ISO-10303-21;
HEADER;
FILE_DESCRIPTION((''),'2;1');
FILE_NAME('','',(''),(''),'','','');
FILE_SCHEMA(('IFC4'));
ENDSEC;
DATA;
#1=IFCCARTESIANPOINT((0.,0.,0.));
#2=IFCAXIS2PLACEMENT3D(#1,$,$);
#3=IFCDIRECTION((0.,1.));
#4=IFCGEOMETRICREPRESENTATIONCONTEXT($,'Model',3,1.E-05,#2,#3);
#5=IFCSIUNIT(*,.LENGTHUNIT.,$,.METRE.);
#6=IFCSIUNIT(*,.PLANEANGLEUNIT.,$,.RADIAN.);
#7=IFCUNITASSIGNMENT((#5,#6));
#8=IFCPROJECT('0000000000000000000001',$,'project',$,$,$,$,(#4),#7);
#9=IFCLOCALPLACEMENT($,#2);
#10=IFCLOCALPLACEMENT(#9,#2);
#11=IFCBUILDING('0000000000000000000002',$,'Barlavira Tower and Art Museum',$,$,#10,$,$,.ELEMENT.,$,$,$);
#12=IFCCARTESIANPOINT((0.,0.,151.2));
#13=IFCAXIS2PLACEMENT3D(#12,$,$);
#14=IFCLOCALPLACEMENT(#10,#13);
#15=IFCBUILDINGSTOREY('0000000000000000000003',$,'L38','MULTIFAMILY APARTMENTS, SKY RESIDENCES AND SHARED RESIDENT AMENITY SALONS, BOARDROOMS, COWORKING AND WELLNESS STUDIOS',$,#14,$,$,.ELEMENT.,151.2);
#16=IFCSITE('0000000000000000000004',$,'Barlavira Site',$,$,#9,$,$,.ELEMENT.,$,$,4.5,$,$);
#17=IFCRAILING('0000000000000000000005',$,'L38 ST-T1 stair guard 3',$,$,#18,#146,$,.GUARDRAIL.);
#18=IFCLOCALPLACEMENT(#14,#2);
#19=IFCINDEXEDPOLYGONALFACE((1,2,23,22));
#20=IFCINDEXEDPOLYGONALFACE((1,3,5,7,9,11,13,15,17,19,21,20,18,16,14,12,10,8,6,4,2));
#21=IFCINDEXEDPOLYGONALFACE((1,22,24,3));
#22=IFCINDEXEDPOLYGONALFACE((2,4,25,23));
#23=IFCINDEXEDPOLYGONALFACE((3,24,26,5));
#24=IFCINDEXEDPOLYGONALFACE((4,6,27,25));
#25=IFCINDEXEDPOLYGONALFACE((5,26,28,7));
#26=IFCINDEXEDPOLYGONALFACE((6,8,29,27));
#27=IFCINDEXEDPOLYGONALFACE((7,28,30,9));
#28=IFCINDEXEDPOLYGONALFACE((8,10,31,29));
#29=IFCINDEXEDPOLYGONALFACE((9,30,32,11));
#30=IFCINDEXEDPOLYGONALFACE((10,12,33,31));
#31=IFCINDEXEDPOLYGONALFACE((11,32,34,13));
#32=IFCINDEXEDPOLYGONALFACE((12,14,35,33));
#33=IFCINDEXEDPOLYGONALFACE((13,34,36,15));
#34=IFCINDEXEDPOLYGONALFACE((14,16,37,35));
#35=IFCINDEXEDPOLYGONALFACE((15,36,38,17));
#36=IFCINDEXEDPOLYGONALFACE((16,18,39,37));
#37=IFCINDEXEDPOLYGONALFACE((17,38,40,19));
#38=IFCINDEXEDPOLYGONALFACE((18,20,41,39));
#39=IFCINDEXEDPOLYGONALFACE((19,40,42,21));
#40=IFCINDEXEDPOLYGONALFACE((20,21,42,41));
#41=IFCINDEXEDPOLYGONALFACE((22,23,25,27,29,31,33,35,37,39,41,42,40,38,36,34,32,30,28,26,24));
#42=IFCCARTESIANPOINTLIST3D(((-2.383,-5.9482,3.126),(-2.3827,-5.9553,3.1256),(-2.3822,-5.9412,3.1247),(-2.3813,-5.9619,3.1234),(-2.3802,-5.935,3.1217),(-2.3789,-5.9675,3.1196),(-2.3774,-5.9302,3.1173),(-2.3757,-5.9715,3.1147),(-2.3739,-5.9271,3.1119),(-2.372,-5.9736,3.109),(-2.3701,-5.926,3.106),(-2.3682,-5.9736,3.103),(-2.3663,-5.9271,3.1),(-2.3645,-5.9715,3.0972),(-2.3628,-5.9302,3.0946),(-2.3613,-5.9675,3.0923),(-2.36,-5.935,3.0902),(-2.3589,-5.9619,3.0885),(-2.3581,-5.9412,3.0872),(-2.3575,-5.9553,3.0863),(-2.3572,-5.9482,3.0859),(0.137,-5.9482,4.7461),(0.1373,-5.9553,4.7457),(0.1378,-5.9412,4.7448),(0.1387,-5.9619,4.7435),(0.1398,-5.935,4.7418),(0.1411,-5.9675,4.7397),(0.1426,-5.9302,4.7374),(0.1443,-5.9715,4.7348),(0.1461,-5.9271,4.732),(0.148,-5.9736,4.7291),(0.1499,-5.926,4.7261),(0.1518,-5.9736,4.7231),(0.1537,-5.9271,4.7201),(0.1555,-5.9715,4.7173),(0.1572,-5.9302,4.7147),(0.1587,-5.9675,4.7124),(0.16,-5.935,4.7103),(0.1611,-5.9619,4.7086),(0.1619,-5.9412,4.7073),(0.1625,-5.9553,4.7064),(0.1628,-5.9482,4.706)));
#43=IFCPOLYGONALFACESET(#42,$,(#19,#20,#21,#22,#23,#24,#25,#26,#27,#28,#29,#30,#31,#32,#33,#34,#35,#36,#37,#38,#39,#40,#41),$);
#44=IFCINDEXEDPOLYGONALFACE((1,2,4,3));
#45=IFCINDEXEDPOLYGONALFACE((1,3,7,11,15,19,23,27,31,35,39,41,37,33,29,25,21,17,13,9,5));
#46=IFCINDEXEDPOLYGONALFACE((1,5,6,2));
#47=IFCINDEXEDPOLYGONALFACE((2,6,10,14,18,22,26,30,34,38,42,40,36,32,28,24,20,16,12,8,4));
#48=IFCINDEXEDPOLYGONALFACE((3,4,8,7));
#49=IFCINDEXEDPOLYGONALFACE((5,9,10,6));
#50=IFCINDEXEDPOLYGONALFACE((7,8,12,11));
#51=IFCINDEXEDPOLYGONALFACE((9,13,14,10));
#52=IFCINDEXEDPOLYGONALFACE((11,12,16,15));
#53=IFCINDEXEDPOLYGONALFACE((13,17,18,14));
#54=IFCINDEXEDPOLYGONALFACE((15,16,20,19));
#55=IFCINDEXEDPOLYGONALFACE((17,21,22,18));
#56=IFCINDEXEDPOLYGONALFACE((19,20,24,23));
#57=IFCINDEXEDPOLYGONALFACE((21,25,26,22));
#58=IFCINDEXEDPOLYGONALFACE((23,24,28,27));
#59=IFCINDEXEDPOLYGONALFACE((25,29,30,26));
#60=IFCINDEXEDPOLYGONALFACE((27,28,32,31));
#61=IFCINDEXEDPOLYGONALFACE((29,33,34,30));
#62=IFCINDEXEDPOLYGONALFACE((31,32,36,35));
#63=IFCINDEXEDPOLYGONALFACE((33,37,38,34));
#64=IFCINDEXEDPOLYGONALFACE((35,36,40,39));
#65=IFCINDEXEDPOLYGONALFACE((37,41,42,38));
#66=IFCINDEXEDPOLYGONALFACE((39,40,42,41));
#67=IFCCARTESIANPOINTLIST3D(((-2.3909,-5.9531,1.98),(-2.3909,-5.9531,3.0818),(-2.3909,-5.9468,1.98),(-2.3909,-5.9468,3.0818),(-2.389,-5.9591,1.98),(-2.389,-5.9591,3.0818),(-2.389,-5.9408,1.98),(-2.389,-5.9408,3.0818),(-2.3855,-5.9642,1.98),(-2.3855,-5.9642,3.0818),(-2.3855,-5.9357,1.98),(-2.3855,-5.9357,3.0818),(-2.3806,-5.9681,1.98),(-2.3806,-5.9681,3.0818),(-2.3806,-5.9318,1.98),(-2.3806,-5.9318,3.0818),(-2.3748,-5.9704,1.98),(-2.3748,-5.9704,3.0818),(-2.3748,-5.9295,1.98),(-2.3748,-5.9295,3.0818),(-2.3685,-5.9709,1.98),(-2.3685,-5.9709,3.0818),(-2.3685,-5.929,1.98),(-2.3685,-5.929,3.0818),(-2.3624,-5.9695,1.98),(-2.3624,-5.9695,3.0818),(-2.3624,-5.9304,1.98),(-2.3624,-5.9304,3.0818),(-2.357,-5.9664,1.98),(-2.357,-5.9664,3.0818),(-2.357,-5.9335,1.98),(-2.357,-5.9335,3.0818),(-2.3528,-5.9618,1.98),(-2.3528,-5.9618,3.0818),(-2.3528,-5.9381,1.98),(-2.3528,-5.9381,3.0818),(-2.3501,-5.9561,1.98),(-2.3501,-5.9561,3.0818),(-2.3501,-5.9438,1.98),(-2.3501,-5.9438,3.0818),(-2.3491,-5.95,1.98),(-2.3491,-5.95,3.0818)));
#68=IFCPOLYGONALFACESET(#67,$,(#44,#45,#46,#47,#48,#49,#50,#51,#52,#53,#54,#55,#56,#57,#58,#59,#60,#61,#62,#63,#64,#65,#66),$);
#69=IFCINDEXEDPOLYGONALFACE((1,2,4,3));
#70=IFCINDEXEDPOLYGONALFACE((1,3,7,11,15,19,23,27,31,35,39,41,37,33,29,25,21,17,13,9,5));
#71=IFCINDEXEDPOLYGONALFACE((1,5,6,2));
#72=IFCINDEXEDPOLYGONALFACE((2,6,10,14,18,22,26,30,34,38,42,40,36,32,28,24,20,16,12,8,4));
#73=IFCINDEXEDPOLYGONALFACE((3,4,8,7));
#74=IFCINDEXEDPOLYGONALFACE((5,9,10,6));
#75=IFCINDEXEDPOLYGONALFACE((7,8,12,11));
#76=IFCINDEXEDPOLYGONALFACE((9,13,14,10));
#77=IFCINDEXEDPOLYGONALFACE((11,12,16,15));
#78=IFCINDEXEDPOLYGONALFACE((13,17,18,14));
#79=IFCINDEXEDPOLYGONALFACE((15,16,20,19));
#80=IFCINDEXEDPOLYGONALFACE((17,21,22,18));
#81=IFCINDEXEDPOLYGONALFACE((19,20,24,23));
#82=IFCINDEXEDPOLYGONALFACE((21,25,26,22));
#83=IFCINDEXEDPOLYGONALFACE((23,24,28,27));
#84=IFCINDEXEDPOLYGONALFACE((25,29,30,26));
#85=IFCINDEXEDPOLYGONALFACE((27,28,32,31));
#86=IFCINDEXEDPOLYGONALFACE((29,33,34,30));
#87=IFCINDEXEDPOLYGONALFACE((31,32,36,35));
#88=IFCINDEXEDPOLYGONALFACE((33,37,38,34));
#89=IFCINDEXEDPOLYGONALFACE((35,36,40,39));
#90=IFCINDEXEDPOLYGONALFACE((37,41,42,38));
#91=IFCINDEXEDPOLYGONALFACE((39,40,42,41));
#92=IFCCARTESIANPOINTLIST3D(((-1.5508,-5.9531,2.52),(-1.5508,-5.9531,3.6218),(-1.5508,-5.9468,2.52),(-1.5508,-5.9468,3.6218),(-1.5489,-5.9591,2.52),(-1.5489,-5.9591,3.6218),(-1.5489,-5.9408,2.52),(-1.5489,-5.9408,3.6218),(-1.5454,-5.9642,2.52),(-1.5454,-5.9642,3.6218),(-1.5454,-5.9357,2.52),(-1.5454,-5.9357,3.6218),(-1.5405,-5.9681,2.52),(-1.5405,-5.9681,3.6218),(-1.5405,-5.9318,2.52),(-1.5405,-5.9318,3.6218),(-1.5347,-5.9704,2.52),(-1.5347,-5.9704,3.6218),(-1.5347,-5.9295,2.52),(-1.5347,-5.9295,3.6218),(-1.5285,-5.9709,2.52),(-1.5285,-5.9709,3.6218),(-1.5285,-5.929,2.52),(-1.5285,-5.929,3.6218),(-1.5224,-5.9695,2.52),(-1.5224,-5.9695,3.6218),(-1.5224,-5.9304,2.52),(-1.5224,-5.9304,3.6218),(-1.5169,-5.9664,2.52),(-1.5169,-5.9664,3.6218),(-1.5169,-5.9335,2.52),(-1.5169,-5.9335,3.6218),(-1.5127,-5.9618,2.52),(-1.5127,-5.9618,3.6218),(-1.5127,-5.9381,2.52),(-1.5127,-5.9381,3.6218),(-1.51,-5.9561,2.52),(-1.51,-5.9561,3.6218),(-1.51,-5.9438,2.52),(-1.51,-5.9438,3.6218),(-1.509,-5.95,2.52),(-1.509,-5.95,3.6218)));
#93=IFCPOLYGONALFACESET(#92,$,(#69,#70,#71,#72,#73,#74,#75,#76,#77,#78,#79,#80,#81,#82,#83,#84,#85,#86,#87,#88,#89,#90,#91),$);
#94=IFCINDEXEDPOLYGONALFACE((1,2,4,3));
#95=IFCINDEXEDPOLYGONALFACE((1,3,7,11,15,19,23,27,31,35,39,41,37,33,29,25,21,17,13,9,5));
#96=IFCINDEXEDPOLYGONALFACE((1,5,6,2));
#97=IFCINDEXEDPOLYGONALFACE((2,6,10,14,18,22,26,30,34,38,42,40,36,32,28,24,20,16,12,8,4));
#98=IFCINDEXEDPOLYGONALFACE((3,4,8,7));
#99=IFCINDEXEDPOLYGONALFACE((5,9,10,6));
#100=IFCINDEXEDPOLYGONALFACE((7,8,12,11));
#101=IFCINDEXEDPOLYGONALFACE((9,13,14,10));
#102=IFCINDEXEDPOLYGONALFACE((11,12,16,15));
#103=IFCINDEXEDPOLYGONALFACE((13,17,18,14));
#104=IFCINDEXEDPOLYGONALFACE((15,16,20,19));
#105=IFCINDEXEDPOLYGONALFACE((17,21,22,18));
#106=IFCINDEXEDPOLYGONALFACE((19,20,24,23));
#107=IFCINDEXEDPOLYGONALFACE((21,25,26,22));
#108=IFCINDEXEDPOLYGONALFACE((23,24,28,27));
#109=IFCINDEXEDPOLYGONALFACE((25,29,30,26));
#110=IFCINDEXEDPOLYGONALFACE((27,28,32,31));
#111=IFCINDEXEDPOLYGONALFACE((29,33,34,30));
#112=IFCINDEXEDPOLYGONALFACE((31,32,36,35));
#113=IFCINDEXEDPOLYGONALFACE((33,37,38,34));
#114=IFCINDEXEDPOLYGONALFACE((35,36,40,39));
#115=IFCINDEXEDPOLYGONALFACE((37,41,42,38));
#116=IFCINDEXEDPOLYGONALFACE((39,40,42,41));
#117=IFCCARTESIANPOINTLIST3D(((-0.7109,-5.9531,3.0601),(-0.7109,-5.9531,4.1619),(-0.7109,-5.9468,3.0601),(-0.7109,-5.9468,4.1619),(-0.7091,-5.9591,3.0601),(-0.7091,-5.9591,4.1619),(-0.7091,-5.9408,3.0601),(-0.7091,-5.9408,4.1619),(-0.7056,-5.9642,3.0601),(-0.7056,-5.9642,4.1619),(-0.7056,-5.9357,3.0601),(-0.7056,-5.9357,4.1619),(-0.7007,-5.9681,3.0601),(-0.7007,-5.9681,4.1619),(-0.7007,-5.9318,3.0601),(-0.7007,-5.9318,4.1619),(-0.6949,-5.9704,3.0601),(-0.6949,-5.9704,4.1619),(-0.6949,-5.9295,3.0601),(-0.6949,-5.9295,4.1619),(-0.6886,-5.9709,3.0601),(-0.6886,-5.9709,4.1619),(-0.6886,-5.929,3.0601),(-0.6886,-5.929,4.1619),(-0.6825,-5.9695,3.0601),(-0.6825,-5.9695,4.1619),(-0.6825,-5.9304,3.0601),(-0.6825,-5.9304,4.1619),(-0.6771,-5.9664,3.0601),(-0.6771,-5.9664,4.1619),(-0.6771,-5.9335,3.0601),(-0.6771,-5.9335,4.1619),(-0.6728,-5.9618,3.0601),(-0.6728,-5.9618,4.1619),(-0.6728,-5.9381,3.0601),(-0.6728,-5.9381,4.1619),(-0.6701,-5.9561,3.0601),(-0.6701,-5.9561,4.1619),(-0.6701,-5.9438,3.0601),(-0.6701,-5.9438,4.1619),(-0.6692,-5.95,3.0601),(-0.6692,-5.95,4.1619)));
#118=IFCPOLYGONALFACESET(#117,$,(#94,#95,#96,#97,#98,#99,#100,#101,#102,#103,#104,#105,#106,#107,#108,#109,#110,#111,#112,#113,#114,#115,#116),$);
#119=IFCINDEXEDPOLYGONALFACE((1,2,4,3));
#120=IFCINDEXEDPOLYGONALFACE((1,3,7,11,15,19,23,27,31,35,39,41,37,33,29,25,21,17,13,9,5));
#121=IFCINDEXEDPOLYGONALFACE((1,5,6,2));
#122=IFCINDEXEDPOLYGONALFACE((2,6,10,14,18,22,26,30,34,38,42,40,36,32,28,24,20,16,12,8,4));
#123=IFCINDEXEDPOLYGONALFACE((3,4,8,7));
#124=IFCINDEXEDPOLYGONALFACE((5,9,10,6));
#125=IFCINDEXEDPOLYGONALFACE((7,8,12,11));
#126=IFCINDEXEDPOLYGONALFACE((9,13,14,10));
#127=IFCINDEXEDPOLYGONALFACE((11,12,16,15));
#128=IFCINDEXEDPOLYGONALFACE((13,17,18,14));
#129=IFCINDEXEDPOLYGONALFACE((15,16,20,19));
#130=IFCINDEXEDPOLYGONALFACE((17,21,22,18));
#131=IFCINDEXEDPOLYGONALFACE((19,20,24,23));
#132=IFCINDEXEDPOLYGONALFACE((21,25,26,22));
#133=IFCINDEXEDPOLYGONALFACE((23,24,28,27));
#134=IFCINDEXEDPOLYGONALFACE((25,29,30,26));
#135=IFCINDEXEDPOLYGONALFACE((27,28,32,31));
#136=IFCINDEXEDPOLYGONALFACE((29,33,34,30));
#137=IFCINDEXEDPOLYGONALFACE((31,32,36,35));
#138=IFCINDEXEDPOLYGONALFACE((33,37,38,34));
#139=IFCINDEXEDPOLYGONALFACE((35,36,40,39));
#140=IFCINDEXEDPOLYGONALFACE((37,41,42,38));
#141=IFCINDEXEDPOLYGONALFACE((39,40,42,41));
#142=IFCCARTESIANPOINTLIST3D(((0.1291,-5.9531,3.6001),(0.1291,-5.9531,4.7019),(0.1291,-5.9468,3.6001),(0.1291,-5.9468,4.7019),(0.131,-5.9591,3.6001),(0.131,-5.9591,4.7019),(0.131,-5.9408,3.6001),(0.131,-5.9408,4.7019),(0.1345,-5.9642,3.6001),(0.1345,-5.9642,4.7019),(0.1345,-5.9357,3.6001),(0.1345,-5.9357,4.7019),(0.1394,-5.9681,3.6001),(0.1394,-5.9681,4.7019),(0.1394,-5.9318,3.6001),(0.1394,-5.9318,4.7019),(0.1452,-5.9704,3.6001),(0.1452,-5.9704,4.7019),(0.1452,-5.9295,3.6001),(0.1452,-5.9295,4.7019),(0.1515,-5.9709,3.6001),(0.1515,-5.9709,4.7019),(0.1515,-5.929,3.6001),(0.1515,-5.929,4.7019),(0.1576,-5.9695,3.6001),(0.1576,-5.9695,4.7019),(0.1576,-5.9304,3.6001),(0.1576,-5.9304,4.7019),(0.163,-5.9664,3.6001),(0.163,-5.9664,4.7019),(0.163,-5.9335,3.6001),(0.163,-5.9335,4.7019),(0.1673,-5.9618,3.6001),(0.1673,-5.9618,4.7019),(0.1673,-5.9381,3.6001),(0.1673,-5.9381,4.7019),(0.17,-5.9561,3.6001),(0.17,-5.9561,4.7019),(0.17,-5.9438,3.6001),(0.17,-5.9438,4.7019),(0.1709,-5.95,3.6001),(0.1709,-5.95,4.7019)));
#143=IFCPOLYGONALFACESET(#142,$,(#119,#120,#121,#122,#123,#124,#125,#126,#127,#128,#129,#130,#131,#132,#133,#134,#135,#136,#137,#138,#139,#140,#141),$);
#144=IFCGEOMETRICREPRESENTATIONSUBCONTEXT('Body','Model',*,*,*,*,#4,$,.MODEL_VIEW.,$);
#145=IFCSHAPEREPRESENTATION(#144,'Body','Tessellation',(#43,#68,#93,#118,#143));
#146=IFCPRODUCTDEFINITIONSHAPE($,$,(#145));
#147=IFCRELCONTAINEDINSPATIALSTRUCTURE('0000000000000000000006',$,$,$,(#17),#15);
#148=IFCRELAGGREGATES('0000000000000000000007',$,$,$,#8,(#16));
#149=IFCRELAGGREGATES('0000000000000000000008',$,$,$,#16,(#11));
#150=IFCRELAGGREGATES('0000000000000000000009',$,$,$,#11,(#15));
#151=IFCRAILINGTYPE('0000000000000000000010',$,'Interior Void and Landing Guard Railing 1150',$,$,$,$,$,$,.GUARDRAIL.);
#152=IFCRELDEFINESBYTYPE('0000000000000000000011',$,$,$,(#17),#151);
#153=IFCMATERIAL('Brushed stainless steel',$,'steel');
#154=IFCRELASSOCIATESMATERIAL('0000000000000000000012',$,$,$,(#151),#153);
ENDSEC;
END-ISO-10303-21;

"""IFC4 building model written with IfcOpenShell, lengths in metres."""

from ifc_helpers import new_model, si_unit, direction, frame, origin, origin_2d, place, context, subcontext, project, spatial, circle, extrude, material, type_object, element, save


model = new_model("IFC4")

# Units and contexts
model_context = context("Model", 3, precision=1e-05, world=origin(), true_north=direction((0.0, 1.0)))
body_context = subcontext(model_context, "Body", "Model", "MODEL_VIEW")
ifc_project = project(units=[si_unit("LENGTHUNIT", "METRE"), si_unit("PLANEANGLEUNIT", "RADIAN")], contexts=[model_context])

# Site, building, storey
site_placement = place(None, origin())
site = spatial("IfcSite", under=ifc_project, at=site_placement, Name="Barlavira Site", CompositionType="ELEMENT", RefElevation=4.5)
building_placement = place(site_placement, origin())
building = spatial("IfcBuilding", under=site, at=building_placement, Name="Barlavira Tower and Art Museum", CompositionType="ELEMENT")
storey_placement = place(building_placement, frame((0.0, 0.0, 151.2)))
storey = spatial("IfcBuildingStorey", under=building, at=storey_placement, Name="L38", Description="MULTIFAMILY APARTMENTS, SKY RESIDENCES AND SHARED RESIDENT AMENITY SALONS, BOARDROOMS, COWORKING AND WELLNESS STUDIOS", CompositionType="ELEMENT", Elevation=151.2)

# Shared definitions
ifc_material_1 = material(Name="Brushed stainless steel", Category="steel")

# Railing
railing_type_1 = type_object("IfcRailingType", Name="Interior Void and Landing Guard Railing 1150", PredefinedType="GUARDRAIL", material=ifc_material_1)
railing_1_placement = place(storey_placement, frame((-2.3701, -5.95, 1.98)))
element("IfcRailing", 1, at=railing_1_placement, inside=storey, type_object=railing_type_1, Name="L38 ST-T1 stair guard 3", PredefinedType="GUARDRAIL", context=body_context, shape_type="SweptSolid", body=[
    extrude(circle(Radius=0.0239, at=origin_2d()), frame((0.0, 0.0, 1.126), z_axis=(0.841163, 0.0, 0.540782), x_axis=(0.0, 1.0, 0.0)), (0.0, 0.0, 1.0), 2.9958),
    extrude(circle(Radius=0.021, at=origin_2d()), origin(), (0.0, 0.0, 1.0), 1.1018),
    extrude(circle(Radius=0.021, at=origin_2d()), frame((0.8401, 0.0, 0.54)), (0.0, 0.0, 1.0), 1.1018),
    extrude(circle(Radius=0.021, at=origin_2d()), frame((1.6799, 0.0, 1.0801)), (0.0, 0.0, 1.0), 1.1018),
    extrude(circle(Radius=0.021, at=origin_2d()), frame((2.52, 0.0, 1.6201)), (0.0, 0.0, 1.0), 1.1018),
])

save(model, "model.ifc")
